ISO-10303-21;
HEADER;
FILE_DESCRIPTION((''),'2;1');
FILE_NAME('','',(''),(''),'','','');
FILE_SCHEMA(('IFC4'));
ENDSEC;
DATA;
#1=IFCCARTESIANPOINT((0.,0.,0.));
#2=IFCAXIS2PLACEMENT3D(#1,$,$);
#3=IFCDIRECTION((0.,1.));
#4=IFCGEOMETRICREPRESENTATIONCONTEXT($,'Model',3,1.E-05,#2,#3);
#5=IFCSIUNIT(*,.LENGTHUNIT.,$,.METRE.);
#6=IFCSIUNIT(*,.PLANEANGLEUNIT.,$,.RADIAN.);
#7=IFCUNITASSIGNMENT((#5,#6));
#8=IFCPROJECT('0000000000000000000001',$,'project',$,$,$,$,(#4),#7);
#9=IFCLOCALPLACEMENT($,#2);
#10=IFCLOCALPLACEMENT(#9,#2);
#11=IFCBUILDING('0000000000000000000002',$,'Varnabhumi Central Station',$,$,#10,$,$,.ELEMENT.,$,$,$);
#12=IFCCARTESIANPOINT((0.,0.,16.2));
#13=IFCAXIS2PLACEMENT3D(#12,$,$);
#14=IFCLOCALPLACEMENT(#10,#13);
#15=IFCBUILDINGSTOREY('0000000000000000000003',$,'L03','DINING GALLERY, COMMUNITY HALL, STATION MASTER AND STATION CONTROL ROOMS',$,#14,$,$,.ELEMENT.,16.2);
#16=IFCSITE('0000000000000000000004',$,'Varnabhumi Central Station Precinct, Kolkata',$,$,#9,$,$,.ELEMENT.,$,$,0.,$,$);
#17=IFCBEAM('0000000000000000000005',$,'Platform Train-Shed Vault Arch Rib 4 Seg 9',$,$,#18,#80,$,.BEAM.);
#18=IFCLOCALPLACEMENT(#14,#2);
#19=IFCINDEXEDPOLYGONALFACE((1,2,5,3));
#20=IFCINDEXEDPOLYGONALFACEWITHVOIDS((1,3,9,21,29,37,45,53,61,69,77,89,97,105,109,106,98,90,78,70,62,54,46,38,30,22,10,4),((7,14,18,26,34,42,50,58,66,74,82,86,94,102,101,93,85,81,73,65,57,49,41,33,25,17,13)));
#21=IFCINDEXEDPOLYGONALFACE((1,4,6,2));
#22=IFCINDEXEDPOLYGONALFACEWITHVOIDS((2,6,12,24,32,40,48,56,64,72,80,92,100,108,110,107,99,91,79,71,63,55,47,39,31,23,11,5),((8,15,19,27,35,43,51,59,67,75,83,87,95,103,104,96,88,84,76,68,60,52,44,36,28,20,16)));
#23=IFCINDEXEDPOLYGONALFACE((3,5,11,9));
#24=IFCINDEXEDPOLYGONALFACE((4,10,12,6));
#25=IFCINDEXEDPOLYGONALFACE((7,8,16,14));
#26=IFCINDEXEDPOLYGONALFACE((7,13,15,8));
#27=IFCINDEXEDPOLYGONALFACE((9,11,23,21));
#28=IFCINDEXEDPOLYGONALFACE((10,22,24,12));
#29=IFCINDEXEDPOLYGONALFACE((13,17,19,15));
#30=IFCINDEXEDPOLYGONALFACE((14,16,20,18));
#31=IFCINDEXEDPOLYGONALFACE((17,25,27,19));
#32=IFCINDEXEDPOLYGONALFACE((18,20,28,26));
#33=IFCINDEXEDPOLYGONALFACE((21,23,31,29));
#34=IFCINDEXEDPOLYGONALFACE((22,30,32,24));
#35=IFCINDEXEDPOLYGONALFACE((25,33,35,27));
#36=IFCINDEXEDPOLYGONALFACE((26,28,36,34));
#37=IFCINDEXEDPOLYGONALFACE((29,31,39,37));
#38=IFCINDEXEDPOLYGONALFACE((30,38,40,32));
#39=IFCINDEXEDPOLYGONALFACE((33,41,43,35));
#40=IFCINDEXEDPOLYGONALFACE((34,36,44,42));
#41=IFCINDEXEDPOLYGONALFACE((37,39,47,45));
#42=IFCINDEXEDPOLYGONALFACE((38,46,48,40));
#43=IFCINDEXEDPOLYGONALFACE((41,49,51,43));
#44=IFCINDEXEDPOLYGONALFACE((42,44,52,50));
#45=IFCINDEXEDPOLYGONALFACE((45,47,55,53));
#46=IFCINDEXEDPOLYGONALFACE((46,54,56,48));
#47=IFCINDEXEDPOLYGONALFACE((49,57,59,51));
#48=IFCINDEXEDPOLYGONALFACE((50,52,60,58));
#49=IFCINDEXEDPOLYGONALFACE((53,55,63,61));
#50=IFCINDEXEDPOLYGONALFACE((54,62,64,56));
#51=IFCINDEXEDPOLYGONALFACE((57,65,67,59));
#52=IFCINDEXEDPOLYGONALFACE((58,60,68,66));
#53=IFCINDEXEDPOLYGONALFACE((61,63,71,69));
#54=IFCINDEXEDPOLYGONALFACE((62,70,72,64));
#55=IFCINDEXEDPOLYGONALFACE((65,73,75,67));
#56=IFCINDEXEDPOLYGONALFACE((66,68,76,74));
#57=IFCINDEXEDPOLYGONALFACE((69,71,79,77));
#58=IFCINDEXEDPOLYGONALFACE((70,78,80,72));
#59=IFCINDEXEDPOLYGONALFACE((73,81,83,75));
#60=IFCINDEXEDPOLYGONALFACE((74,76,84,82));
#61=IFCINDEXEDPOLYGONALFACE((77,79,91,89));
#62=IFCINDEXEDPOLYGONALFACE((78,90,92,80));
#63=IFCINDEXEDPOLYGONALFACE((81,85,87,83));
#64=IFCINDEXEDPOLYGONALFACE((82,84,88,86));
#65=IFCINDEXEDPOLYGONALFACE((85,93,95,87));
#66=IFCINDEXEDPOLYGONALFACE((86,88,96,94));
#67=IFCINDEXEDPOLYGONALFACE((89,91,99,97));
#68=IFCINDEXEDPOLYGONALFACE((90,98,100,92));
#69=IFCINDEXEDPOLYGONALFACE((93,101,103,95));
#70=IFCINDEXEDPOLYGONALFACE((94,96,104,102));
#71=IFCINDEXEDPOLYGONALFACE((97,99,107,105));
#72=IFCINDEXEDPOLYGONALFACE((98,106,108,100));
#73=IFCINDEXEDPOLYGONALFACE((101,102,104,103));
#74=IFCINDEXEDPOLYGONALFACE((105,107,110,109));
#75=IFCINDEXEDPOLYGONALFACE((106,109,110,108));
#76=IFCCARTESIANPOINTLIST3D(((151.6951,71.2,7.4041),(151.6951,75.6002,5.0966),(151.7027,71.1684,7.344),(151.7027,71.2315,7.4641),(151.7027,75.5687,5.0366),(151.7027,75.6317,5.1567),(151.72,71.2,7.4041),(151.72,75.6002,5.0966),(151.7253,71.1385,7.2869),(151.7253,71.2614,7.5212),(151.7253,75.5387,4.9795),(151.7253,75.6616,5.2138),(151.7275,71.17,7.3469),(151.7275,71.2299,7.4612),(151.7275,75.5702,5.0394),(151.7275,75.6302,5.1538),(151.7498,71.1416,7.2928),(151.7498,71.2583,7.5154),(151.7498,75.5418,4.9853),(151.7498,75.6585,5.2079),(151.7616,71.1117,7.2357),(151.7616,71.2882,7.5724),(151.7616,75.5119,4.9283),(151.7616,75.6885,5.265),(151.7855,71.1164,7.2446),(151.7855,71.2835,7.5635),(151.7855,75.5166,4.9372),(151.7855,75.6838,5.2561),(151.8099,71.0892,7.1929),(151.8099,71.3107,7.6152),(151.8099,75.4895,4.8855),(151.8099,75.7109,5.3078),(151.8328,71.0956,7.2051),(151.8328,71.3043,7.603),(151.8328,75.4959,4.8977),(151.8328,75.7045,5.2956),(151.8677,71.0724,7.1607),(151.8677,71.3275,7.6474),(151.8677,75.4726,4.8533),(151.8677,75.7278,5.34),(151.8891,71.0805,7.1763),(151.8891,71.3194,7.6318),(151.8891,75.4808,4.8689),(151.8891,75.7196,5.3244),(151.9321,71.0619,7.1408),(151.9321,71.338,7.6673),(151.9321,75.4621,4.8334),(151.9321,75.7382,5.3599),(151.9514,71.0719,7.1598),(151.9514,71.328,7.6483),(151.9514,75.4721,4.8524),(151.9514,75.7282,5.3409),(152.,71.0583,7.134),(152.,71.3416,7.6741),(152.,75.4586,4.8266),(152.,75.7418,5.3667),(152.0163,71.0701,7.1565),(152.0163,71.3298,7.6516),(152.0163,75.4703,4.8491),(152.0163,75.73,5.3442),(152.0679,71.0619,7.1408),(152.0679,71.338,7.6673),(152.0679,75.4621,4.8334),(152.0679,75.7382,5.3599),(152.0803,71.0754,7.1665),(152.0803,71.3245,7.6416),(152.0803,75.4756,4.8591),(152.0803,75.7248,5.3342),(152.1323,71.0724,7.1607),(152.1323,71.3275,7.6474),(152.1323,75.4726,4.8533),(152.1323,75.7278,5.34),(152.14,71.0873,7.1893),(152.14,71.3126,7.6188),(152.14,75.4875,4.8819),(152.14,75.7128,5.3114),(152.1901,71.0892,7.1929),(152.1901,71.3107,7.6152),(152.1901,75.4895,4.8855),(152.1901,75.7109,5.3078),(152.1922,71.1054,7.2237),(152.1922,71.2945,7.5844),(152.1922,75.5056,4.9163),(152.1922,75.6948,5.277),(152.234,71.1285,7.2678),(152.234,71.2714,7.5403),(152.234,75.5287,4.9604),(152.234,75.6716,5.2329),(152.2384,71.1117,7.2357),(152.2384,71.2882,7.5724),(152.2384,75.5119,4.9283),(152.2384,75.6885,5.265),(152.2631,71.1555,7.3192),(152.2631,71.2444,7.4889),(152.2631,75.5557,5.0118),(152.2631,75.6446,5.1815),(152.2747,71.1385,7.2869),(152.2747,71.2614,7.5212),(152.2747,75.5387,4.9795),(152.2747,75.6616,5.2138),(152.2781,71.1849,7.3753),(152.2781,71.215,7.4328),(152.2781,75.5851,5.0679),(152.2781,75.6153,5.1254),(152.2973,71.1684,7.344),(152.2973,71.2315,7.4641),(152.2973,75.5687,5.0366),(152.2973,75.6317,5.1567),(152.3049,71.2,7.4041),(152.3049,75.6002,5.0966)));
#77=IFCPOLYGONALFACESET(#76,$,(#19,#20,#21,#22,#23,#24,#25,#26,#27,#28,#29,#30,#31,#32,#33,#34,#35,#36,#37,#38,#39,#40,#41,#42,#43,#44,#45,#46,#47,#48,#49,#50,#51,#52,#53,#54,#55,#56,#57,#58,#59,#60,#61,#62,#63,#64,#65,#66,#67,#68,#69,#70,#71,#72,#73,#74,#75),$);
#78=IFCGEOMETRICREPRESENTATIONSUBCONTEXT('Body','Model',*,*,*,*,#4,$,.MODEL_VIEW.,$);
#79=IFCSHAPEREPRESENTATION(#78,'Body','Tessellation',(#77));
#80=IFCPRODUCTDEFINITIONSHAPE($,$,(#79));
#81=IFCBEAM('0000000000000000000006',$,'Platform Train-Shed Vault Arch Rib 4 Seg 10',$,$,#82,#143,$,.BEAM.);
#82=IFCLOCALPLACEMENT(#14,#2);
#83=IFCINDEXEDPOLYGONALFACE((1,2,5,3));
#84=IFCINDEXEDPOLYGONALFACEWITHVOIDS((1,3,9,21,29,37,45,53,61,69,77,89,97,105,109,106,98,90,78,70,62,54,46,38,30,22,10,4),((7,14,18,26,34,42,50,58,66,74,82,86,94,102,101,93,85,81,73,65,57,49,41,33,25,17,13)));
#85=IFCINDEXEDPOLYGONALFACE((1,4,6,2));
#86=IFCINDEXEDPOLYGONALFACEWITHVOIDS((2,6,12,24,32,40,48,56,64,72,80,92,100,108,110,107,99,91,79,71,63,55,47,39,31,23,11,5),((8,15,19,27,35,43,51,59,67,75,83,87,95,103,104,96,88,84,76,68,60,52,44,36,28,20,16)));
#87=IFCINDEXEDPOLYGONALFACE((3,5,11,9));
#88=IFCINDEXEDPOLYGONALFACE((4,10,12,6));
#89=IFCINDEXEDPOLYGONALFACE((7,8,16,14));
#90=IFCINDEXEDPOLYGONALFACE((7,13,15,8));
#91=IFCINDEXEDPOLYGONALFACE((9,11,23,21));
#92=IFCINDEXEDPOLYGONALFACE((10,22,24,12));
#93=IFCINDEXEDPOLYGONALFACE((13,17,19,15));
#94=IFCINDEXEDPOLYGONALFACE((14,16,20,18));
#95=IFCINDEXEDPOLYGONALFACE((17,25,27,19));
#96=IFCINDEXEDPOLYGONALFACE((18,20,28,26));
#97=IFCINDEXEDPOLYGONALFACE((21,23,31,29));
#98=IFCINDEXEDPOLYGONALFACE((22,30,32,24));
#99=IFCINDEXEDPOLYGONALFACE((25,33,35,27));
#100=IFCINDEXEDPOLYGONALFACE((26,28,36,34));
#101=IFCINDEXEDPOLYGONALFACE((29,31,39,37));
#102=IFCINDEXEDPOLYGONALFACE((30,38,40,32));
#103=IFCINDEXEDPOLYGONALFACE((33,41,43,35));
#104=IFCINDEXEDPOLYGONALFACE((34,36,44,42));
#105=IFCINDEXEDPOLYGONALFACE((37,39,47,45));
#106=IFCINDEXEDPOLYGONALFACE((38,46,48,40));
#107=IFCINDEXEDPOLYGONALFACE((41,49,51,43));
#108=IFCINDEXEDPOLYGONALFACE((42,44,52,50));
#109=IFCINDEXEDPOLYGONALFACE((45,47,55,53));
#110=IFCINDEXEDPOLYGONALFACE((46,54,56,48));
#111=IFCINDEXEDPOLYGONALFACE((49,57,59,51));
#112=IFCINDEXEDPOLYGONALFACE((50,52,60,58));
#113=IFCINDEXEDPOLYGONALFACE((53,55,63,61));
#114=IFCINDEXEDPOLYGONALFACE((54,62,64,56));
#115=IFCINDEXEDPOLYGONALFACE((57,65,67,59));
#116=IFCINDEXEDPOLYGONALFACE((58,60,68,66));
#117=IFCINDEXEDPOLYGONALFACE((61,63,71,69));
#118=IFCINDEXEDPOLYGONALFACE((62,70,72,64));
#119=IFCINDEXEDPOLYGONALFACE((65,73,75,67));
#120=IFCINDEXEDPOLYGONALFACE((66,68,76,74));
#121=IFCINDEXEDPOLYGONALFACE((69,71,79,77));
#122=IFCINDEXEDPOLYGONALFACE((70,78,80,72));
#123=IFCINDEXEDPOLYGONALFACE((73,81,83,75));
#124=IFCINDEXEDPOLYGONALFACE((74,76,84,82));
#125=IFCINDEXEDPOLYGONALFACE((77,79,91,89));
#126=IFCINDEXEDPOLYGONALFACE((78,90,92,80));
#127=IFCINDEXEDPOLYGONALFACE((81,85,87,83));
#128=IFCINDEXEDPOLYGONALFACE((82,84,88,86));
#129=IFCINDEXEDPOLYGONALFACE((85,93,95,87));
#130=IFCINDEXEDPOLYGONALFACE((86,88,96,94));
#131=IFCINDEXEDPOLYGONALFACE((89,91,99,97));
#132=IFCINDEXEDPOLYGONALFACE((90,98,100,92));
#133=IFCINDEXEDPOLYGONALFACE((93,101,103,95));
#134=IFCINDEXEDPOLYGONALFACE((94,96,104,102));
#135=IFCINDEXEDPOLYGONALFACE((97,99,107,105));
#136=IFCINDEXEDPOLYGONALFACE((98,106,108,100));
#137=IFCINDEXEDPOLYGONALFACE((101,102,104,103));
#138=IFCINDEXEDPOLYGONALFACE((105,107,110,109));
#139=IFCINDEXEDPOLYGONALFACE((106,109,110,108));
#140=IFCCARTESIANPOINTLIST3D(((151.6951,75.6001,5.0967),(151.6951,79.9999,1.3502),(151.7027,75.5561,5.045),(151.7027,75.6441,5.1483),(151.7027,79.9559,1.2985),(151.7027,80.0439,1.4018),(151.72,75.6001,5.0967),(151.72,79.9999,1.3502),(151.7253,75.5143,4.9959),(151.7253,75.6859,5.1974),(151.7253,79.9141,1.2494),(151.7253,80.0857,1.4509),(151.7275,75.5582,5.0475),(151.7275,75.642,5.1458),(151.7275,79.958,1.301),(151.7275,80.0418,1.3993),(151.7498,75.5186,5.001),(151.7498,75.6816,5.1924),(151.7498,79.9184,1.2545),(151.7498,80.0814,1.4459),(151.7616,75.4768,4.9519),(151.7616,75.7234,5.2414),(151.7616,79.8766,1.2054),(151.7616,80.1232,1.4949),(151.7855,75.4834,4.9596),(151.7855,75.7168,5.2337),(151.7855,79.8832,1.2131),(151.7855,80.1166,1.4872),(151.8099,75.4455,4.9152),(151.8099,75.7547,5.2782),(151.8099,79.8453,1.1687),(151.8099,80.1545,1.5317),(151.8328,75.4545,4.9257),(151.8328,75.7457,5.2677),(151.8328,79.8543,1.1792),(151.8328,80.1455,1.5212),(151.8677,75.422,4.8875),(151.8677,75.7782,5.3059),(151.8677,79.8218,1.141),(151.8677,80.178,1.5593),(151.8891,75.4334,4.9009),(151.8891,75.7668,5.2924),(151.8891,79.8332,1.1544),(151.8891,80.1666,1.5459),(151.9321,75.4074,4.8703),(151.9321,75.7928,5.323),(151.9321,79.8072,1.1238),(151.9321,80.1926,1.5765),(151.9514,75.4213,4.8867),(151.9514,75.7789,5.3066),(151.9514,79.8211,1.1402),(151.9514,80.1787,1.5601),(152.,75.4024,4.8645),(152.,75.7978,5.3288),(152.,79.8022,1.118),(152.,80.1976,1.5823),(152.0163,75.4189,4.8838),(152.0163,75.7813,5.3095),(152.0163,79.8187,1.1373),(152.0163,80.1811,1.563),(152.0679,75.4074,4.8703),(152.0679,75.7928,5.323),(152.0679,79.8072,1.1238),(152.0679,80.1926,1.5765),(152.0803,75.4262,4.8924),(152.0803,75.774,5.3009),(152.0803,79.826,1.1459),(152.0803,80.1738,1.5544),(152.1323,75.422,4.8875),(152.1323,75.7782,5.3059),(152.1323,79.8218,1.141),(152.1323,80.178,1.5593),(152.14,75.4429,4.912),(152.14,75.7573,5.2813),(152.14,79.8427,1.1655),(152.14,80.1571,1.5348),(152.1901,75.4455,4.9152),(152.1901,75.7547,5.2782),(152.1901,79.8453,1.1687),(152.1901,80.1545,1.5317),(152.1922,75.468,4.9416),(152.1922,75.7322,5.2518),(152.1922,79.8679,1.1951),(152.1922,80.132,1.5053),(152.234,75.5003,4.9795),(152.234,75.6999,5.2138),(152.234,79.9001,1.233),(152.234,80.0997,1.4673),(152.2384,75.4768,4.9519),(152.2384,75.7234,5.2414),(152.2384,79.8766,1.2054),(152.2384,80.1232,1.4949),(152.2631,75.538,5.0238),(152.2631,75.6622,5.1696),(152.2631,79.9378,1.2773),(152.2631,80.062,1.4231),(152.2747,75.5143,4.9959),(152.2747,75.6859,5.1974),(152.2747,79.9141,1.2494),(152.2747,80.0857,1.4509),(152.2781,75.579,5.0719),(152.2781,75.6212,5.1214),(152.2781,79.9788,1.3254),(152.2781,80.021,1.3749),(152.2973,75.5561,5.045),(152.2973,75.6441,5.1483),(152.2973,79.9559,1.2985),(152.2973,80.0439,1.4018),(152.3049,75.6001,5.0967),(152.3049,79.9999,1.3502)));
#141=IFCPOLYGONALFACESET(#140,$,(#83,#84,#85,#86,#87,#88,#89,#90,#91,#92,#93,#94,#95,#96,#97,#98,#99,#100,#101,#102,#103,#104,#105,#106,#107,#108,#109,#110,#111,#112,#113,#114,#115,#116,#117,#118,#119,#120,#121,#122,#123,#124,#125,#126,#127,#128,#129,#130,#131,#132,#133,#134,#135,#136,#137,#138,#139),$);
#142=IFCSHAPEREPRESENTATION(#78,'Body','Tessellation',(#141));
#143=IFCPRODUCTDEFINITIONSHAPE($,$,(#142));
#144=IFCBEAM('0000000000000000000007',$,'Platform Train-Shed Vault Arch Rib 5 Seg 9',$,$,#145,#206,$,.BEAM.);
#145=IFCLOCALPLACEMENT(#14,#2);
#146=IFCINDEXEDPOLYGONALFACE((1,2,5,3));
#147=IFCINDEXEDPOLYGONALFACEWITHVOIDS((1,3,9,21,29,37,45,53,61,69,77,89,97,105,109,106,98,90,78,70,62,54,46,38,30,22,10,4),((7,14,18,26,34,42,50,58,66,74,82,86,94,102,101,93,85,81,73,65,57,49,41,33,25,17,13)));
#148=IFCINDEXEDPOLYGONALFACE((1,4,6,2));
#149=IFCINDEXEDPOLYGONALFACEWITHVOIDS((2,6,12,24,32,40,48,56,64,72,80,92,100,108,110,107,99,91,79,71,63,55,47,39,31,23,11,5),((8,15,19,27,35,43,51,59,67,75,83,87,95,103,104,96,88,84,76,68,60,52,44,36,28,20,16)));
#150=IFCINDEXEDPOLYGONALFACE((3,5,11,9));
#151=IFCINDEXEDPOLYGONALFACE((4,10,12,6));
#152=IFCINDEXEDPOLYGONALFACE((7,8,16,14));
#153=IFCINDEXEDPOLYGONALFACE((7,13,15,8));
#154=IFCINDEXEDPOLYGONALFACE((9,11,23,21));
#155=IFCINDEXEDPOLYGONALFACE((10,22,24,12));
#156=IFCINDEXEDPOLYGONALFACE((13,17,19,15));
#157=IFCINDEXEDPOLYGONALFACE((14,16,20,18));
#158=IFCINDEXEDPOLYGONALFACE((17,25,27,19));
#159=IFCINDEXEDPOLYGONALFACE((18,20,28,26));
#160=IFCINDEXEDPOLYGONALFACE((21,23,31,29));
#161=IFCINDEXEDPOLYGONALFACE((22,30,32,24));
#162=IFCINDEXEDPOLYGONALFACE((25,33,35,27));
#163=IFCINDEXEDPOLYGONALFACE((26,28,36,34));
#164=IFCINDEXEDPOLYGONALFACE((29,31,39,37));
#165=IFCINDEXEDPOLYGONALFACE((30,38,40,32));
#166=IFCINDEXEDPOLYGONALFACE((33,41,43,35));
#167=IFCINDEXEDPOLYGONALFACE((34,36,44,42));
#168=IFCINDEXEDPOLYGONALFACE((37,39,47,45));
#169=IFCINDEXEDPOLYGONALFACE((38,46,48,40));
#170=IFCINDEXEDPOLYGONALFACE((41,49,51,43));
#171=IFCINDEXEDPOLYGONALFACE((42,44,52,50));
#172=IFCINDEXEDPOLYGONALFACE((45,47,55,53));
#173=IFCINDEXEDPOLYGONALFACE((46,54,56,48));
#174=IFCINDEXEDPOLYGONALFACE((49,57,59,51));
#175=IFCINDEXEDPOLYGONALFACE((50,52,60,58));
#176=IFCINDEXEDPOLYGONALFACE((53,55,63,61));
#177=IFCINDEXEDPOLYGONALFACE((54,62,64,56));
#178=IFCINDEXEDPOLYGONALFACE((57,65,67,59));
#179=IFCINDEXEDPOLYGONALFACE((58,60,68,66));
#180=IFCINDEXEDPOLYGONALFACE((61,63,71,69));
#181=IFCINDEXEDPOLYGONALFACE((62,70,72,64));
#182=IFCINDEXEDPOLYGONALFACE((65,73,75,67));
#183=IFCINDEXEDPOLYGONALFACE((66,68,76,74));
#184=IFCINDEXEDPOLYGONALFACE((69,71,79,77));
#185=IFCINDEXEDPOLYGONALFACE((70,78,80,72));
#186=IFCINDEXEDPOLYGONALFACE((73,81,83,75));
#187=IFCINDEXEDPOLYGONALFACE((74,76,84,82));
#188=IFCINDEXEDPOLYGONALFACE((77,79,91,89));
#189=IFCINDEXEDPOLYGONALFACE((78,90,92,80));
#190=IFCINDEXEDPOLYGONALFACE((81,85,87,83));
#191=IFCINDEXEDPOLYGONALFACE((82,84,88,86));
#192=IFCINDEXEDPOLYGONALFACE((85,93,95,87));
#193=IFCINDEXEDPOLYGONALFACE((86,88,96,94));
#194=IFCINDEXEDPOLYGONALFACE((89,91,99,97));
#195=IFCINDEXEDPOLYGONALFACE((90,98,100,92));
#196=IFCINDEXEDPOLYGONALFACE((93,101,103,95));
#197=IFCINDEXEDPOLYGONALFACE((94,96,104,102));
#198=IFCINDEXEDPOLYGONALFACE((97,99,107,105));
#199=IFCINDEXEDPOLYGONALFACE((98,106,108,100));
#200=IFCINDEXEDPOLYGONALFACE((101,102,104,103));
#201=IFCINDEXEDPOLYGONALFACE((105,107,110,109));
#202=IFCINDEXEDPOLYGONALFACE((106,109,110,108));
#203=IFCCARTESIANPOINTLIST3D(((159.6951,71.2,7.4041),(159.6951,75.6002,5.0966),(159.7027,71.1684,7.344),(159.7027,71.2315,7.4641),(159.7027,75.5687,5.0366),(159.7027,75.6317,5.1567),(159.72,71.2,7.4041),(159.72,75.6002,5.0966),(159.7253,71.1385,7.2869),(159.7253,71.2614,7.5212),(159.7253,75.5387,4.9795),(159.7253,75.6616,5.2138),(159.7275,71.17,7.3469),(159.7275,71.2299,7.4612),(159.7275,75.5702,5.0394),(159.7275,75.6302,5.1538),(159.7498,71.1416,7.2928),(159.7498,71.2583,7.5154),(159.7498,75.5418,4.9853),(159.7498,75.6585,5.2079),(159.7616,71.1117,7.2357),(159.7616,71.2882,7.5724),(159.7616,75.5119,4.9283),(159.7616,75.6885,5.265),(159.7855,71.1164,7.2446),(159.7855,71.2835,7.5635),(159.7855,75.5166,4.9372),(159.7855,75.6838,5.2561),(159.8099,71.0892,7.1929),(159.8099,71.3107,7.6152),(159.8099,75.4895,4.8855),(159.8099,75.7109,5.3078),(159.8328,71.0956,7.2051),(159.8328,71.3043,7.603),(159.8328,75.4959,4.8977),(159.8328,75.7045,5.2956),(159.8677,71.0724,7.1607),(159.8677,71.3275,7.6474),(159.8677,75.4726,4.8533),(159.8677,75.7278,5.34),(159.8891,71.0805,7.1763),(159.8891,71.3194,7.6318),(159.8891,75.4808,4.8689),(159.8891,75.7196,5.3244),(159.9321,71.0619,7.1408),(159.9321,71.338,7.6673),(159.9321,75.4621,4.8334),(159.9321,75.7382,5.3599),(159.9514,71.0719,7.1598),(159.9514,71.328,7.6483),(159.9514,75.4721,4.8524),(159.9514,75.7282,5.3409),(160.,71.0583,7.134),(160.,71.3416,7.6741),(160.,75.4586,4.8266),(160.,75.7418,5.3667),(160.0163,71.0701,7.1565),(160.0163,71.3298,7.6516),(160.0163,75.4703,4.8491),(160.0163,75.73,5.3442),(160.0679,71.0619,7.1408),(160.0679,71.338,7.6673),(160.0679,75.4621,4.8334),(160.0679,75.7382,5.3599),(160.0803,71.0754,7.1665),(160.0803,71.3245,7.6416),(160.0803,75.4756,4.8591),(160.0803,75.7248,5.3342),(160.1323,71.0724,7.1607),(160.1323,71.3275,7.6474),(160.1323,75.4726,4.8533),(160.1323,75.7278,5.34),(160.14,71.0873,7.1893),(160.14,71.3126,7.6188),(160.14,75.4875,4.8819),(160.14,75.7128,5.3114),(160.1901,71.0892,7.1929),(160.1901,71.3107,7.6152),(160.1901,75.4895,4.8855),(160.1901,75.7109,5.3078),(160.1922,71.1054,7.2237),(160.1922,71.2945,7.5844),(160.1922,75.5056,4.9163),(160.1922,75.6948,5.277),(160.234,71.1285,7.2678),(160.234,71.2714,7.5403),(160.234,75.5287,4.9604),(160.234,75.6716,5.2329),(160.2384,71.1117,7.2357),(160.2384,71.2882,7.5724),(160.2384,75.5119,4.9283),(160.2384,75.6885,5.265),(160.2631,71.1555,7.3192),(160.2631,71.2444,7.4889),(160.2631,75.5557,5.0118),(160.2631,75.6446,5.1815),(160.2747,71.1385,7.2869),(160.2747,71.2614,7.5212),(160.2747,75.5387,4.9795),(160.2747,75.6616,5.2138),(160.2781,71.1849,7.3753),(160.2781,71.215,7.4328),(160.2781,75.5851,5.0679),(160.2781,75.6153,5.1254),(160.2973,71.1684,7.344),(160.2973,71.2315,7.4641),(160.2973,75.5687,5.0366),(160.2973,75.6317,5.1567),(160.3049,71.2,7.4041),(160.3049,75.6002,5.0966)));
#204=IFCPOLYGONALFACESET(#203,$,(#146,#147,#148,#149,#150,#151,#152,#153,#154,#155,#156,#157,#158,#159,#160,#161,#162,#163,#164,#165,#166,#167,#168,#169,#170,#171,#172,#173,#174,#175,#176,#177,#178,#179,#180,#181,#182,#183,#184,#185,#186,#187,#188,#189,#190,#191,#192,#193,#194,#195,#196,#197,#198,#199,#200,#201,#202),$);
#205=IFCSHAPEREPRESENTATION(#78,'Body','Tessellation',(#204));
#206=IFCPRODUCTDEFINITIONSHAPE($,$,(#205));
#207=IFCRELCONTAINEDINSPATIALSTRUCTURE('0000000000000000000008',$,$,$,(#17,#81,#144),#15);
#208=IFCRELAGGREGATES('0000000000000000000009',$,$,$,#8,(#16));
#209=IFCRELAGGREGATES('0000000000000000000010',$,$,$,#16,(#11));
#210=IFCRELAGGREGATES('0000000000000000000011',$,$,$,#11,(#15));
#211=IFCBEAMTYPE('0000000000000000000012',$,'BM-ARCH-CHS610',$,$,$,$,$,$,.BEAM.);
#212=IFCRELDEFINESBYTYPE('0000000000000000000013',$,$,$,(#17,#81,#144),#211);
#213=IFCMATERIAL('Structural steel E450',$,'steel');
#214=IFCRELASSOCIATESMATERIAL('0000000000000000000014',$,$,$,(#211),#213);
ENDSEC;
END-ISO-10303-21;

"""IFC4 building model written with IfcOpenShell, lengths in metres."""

from ifc_helpers import new_model, si_unit, direction, frame, origin, origin_2d, place, context, subcontext, project, spatial, hollow_circle, extrude, material, material_profile, profile_set, type_object, element, save


model = new_model("IFC4")

# Units and contexts
model_context = context("Model", 3, precision=1e-05, world=origin(), true_north=direction((0.0, 1.0)))
body_context = subcontext(model_context, "Body", "Model", "MODEL_VIEW")
ifc_project = project(units=[si_unit("LENGTHUNIT", "METRE"), si_unit("PLANEANGLEUNIT", "RADIAN")], contexts=[model_context])

# Site, building, storey
site_placement = place(None, origin())
site = spatial("IfcSite", under=ifc_project, at=site_placement, Name="Varnabhumi Central Station Precinct, Kolkata", CompositionType="ELEMENT", RefElevation=0.0)
building_placement = place(site_placement, origin())
building = spatial("IfcBuilding", under=site, at=building_placement, Name="Varnabhumi Central Station", CompositionType="ELEMENT")
storey_placement = place(building_placement, frame((0.0, 0.0, 16.2)))
storey = spatial("IfcBuildingStorey", under=building, at=storey_placement, Name="L03", Description="DINING GALLERY, COMMUNITY HALL, STATION MASTER AND STATION CONTROL ROOMS", CompositionType="ELEMENT", Elevation=16.2)

# Beams
ifc_material_1 = material(Name="Structural steel E450", Category="steel")
ifc_material_profile_1 = material_profile(ifc_material_1, hollow_circle(Radius=0.3049, WallThickness=0.0249, at=origin_2d()), Name="Structural steel E450", Category="steel")
ifc_profile_set_1 = profile_set([ifc_material_profile_1], Name="Structural steel E450")
beam_type_1 = type_object("IfcBeamType", Name="BM-ARCH-CHS610", PredefinedType="BEAM", material=ifc_profile_set_1)
beam_1_placement = place(storey_placement, frame((152.0, 71.2, 7.4041), z_axis=(0.0, 0.885622, -0.464407), x_axis=(-1.0, 0.0, 0.0)))
element("IfcBeam", 1, at=beam_1_placement, inside=storey, type_object=beam_type_1, Name="Platform Train-Shed Vault Arch Rib 4 Seg 9", PredefinedType="BEAM", context=body_context, shape_type="SweptSolid", body=[
    extrude(hollow_circle(Radius=0.3049, WallThickness=0.0249, at=origin_2d()), origin(), (0.0, 0.0, 1.0), 4.9685),
])
beam_2_placement = place(storey_placement, frame((152.0, 75.6001, 5.0967), z_axis=(0.0, 0.76137, -0.648318), x_axis=(-1.0, 0.0, 0.0)))
element("IfcBeam", 2, at=beam_2_placement, inside=storey, type_object=beam_type_1, Name="Platform Train-Shed Vault Arch Rib 4 Seg 10", PredefinedType="BEAM", context=body_context, shape_type="SweptSolid", body=[
    extrude(hollow_circle(Radius=0.3049, WallThickness=0.0249, at=origin_2d()), origin(), (0.0, 0.0, 1.0), 5.7788),
])
beam_3_placement = place(storey_placement, frame((160.0, 71.2, 7.4041), z_axis=(0.0, 0.885622, -0.464407), x_axis=(-1.0, 0.0, 0.0)))
element("IfcBeam", 3, at=beam_3_placement, inside=storey, type_object=beam_type_1, Name="Platform Train-Shed Vault Arch Rib 5 Seg 9", PredefinedType="BEAM", context=body_context, shape_type="SweptSolid", body=[
    extrude(hollow_circle(Radius=0.3049, WallThickness=0.0249, at=origin_2d()), origin(), (0.0, 0.0, 1.0), 4.9685),
])

save(model, "model.ifc")
